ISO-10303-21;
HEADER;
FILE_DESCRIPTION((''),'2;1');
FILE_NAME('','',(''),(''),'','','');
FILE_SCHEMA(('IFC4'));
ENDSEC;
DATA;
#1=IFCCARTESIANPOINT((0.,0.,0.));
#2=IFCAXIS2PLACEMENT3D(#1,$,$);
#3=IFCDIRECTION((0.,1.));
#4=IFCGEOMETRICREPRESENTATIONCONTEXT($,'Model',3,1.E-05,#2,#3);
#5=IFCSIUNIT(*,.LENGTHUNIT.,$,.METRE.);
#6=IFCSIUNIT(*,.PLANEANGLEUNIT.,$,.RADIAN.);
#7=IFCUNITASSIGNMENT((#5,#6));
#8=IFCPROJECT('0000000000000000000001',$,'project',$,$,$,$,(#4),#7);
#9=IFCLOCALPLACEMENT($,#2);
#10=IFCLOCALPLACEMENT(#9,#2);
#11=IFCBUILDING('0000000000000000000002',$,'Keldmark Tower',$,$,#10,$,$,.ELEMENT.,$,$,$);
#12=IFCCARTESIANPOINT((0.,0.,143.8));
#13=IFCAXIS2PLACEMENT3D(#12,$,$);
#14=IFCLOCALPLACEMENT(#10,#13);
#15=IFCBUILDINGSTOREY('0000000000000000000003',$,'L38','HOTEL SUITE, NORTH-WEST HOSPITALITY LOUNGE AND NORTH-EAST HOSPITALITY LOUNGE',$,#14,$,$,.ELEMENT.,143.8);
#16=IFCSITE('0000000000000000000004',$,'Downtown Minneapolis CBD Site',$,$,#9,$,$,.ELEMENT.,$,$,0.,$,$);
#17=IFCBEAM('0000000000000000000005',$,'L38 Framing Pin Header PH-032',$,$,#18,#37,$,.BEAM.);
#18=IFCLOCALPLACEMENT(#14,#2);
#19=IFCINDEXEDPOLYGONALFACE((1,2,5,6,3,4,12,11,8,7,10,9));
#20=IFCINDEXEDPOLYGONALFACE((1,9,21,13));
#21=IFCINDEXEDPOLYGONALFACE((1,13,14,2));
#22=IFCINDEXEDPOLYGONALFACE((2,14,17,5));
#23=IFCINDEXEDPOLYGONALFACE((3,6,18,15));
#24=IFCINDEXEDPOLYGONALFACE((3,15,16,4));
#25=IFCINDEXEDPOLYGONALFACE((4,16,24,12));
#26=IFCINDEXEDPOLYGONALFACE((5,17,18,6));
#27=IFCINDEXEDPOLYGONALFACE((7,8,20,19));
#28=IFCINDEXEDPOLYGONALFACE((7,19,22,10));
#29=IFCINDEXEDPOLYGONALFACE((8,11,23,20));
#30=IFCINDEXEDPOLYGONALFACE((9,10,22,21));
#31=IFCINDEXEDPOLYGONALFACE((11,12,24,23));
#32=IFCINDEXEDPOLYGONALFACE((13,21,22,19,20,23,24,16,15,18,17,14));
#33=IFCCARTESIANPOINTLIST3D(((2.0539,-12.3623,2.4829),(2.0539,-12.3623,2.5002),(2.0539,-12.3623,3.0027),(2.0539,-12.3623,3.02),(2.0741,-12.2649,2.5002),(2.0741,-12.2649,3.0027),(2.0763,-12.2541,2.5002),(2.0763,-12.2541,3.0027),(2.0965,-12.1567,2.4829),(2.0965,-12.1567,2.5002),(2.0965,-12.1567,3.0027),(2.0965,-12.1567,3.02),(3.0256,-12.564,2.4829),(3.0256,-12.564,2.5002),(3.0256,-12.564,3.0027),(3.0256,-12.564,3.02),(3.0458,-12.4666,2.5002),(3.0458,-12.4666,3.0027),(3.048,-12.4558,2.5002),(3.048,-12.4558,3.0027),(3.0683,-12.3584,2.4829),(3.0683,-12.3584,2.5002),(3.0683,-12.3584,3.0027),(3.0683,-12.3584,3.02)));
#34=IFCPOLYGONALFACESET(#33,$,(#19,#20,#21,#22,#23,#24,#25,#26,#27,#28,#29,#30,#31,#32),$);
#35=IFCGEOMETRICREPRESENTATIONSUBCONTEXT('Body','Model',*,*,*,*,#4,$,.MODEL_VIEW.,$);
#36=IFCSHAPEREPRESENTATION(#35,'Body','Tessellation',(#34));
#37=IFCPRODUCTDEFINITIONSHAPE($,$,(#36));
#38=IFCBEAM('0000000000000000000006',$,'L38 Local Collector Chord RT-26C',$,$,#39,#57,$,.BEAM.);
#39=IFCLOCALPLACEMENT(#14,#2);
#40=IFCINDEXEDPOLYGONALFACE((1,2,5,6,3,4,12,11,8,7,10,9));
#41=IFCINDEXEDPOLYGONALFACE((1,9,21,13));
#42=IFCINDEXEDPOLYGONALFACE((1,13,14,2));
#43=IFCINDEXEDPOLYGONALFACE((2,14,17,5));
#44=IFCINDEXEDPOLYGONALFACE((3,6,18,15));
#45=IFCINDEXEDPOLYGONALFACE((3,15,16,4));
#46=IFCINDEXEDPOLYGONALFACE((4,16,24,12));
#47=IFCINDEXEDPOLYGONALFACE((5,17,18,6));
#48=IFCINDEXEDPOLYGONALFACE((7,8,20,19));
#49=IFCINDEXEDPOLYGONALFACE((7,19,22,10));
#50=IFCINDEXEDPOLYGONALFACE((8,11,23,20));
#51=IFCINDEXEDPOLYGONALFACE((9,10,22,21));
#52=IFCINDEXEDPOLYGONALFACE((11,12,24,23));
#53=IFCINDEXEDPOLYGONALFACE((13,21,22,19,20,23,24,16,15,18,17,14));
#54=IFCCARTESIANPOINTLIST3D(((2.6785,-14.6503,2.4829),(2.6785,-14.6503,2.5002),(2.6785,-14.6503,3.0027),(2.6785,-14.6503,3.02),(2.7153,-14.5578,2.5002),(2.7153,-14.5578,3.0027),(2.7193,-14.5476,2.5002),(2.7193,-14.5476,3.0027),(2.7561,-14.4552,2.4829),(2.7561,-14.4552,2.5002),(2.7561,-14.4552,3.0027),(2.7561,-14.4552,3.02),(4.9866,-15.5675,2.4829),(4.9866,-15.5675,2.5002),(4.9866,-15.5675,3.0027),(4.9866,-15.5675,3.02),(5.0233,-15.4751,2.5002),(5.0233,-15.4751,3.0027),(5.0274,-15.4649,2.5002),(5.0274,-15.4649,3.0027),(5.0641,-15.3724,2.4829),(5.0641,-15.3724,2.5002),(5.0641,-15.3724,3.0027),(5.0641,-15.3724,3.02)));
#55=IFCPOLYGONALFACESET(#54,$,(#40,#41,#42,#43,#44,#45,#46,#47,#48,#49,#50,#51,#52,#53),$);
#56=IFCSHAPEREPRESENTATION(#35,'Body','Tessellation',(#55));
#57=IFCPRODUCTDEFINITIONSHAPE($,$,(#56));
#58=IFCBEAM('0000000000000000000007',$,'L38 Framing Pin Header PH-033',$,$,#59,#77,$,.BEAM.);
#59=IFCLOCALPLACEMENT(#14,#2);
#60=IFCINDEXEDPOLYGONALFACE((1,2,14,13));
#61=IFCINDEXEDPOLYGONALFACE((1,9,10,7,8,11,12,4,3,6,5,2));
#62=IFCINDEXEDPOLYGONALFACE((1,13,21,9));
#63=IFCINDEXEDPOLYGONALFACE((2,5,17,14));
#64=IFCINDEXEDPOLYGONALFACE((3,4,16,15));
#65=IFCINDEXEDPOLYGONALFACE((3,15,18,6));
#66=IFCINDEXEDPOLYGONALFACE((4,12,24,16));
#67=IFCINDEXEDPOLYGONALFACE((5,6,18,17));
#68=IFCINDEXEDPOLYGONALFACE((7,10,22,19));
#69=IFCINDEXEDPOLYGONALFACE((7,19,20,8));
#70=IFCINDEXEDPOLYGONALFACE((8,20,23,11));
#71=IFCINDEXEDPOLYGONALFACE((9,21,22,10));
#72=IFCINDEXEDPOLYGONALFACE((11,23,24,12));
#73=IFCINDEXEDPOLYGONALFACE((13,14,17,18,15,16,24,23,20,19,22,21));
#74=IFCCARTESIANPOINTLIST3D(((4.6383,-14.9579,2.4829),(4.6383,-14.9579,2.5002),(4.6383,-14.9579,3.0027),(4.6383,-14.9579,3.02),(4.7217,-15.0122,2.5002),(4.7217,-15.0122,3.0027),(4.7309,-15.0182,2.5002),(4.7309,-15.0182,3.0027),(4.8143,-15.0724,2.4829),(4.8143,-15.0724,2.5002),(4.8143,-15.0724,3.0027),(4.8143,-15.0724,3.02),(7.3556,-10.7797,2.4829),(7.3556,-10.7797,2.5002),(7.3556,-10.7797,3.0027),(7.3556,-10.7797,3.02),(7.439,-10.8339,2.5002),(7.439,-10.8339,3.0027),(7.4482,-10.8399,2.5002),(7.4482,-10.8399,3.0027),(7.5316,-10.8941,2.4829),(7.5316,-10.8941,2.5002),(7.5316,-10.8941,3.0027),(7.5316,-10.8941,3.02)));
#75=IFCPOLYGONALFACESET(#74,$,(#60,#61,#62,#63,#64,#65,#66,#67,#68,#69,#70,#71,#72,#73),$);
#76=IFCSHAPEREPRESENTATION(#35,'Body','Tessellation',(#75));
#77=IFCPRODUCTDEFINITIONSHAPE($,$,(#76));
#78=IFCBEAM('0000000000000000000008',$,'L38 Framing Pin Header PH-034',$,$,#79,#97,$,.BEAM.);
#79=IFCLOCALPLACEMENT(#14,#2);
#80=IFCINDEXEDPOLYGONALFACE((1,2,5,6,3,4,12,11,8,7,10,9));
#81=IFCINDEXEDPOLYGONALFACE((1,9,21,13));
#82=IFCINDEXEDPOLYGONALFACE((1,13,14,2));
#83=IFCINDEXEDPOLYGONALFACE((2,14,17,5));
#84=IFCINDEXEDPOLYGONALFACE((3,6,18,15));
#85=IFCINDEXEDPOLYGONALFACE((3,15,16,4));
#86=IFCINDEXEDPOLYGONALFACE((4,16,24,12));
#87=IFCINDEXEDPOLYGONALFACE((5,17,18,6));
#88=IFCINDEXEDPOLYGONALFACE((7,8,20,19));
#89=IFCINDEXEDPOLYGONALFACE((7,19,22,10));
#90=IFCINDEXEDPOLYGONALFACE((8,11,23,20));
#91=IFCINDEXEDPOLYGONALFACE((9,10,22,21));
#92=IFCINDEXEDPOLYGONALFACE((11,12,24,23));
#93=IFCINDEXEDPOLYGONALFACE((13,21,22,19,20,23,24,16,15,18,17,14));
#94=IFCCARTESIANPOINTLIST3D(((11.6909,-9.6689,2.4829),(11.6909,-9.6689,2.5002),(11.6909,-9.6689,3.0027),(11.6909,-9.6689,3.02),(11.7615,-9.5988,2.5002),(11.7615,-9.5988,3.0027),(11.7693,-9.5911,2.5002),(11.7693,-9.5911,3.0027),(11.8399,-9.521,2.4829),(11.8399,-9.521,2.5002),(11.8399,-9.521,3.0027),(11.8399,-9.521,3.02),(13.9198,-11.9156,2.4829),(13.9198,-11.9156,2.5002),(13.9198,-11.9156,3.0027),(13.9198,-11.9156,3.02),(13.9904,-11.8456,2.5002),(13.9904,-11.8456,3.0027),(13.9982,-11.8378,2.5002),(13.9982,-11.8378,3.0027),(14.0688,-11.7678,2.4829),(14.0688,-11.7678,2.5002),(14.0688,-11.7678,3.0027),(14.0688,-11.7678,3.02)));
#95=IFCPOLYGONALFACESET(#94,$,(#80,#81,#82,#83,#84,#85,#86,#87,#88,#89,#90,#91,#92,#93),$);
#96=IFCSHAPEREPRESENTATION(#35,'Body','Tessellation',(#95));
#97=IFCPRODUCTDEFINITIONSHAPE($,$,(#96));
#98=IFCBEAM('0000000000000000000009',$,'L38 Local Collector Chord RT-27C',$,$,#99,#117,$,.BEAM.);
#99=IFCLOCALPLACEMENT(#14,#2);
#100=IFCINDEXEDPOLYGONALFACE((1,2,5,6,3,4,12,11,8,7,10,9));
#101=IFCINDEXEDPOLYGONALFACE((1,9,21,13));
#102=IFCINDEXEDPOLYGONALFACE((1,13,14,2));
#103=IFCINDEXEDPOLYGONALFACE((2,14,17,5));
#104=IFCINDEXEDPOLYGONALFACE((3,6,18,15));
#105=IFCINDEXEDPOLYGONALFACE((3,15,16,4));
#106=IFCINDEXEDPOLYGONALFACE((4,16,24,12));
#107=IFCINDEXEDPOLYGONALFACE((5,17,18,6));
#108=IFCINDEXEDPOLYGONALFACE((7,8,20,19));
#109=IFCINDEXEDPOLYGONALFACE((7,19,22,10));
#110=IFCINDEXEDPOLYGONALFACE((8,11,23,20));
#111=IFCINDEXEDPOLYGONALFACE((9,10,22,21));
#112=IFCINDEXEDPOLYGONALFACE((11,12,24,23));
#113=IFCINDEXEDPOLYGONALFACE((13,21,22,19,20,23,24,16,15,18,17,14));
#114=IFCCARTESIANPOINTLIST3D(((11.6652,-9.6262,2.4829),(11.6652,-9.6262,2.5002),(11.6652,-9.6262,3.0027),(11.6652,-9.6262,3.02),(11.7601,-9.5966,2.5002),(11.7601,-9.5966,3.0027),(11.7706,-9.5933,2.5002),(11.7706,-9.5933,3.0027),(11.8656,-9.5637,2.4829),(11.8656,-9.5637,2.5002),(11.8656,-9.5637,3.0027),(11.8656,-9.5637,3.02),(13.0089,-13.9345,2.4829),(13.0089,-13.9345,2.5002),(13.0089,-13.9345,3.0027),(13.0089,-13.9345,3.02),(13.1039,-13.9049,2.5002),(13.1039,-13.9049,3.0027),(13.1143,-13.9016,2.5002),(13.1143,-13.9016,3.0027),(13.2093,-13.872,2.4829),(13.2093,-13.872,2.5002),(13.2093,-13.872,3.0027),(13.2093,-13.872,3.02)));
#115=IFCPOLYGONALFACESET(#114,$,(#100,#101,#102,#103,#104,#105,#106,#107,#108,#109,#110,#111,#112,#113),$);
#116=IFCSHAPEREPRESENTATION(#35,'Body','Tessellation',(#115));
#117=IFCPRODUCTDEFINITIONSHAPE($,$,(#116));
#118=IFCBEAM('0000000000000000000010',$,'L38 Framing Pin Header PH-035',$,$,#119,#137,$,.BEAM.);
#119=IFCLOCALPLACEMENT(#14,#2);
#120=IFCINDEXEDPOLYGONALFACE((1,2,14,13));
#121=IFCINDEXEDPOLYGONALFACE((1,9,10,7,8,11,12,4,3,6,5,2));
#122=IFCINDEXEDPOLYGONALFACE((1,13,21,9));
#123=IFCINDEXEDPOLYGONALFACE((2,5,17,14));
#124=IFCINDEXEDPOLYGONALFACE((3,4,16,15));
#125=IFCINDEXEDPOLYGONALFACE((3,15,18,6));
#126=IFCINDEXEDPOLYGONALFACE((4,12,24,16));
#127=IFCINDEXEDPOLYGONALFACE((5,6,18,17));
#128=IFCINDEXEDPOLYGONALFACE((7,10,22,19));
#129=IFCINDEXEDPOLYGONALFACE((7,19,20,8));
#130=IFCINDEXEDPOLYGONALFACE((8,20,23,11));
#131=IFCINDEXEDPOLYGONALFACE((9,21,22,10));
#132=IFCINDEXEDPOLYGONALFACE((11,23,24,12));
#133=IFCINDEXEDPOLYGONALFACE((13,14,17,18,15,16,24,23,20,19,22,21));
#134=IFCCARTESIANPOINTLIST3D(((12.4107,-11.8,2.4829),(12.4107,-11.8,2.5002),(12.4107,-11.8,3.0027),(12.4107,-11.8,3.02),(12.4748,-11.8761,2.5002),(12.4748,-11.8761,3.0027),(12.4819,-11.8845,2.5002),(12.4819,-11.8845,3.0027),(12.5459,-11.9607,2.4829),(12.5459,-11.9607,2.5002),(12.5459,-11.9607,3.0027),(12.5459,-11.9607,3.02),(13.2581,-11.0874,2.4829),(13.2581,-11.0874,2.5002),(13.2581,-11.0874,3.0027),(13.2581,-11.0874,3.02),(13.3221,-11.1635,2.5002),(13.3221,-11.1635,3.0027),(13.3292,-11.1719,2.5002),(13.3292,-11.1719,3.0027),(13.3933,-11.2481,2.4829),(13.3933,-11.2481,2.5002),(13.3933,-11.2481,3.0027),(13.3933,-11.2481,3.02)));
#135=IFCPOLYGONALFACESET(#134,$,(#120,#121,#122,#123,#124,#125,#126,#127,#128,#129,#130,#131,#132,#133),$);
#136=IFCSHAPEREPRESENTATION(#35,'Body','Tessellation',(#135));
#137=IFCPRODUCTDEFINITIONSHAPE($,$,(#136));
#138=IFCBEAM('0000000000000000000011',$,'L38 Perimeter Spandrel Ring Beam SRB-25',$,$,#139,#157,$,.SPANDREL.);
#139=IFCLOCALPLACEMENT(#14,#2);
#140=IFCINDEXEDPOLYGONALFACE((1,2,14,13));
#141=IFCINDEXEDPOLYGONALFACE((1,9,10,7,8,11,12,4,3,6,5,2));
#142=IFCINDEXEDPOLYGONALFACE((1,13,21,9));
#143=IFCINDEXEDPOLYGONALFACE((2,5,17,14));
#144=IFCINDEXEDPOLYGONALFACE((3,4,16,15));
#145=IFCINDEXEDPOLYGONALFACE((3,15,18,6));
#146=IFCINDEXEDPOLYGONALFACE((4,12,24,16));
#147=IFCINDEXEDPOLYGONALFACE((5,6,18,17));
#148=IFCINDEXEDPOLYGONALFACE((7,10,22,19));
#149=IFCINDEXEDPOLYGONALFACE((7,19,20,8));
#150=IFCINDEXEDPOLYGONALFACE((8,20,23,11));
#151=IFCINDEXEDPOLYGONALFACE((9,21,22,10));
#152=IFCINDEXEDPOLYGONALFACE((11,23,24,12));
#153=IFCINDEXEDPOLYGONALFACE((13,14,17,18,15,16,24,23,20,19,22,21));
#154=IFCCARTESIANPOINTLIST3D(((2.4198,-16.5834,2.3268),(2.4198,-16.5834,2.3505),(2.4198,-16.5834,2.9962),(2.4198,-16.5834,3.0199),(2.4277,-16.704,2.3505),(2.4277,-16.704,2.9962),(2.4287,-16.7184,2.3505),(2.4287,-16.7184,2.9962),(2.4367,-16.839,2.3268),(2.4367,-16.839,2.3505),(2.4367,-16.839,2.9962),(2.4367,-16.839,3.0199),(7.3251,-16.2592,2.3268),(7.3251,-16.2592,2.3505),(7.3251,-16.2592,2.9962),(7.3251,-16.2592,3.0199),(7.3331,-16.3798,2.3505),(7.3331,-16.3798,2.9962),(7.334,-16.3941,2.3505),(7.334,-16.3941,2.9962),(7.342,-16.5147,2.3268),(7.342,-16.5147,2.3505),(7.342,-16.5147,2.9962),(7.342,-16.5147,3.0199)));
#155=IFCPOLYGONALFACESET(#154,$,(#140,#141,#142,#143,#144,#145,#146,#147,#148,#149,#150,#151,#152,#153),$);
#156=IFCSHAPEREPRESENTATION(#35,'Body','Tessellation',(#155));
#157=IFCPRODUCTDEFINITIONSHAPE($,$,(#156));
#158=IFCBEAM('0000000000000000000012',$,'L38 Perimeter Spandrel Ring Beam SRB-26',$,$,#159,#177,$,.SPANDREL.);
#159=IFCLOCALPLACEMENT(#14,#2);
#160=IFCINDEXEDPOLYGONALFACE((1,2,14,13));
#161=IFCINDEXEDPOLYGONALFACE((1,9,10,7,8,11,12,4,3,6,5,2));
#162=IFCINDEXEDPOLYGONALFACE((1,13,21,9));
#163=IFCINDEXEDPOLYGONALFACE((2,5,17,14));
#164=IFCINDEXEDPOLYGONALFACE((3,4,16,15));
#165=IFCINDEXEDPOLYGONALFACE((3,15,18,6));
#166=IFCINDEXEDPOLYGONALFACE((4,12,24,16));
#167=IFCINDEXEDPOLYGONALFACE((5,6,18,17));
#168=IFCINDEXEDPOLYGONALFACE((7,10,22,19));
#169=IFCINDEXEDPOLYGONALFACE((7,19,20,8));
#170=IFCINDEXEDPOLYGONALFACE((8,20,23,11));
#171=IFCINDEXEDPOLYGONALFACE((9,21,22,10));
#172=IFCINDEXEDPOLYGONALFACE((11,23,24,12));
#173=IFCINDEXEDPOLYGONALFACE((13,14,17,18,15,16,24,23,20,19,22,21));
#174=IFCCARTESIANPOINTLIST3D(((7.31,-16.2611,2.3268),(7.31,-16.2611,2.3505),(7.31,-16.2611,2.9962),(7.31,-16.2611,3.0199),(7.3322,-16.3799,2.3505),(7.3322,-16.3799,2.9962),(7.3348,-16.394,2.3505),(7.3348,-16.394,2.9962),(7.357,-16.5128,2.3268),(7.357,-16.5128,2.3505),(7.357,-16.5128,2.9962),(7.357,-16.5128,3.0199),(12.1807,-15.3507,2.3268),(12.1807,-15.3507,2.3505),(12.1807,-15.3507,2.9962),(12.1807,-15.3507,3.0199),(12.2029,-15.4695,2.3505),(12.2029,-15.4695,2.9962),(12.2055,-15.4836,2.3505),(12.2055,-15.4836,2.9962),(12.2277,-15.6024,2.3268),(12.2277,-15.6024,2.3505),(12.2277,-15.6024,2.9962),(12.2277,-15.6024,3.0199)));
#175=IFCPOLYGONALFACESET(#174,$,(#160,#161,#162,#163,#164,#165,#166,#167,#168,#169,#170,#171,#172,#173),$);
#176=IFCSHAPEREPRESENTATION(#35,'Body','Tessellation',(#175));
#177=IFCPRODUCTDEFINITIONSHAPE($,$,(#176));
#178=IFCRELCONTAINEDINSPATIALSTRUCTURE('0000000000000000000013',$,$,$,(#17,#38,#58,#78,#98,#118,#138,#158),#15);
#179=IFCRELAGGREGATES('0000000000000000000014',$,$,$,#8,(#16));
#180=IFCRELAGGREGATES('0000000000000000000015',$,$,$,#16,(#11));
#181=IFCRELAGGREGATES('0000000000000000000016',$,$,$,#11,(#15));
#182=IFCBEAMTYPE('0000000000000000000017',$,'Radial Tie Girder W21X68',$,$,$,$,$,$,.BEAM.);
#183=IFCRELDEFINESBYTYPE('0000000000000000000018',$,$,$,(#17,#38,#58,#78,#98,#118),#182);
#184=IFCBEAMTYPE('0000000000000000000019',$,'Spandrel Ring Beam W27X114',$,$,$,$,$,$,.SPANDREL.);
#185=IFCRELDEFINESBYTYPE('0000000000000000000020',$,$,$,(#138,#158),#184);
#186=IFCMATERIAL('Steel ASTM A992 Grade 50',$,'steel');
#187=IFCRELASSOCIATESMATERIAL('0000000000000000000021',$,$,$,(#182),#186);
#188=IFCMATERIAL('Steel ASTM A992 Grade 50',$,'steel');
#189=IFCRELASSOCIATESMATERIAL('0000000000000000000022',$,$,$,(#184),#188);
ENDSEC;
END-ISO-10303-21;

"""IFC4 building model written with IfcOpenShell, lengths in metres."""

from ifc_helpers import new_model, si_unit, direction, frame, origin, origin_2d, place, context, subcontext, project, spatial, i_section, extrude, material, material_profile, profile_set, type_object, element, save


model = new_model("IFC4")

# Units and contexts
model_context = context("Model", 3, precision=1e-05, world=origin(), true_north=direction((0.0, 1.0)))
body_context = subcontext(model_context, "Body", "Model", "MODEL_VIEW")
ifc_project = project(units=[si_unit("LENGTHUNIT", "METRE"), si_unit("PLANEANGLEUNIT", "RADIAN")], contexts=[model_context])

# Site, building, storey
site_placement = place(None, origin())
site = spatial("IfcSite", under=ifc_project, at=site_placement, Name="Downtown Minneapolis CBD Site", CompositionType="ELEMENT", RefElevation=0.0)
building_placement = place(site_placement, origin())
building = spatial("IfcBuilding", under=site, at=building_placement, Name="Keldmark Tower", CompositionType="ELEMENT")
storey_placement = place(building_placement, frame((0.0, 0.0, 143.8)))
storey = spatial("IfcBuildingStorey", under=building, at=storey_placement, Name="L38", Description="HOTEL SUITE, NORTH-WEST HOSPITALITY LOUNGE AND NORTH-EAST HOSPITALITY LOUNGE", CompositionType="ELEMENT", Elevation=143.8)

# Beams
ifc_material_1 = material(Name="Steel ASTM A992 Grade 50", Category="steel")
ifc_material_profile_1 = material_profile(ifc_material_1, i_section(OverallWidth=0.21, OverallDepth=0.5371, WebThickness=0.011, FlangeThickness=0.0173, at=origin_2d()), Name="W21X68")
ifc_profile_set_1 = profile_set([ifc_material_profile_1], Name="Steel ASTM A992 Grade 50")
beam_type_1 = type_object("IfcBeamType", Name="Radial Tie Girder W21X68", PredefinedType="BEAM", material=ifc_profile_set_1)
beam_1_placement = place(storey_placement, frame((2.0752, -12.2595, 2.7515), z_axis=(0.979136, -0.203208, 0.0), x_axis=(0.203208, 0.979136, 0.0)))
element("IfcBeam", 1, at=beam_1_placement, inside=storey, type_object=beam_type_1, Name="L38 Framing Pin Header PH-032", PredefinedType="BEAM", context=body_context, shape_type="SweptSolid", body=[
    extrude(i_section(OverallWidth=0.21, OverallDepth=0.5371, WebThickness=0.011, FlangeThickness=0.0173, at=origin_2d()), origin(), (0.0, 0.0, 1.0), 0.9924),
])
beam_2_placement = place(storey_placement, frame((2.7173, -14.5527, 2.7515), z_axis=(0.929308, -0.369305, 0.0), x_axis=(0.369305, 0.929308, 0.0)))
element("IfcBeam", 2, at=beam_2_placement, inside=storey, type_object=beam_type_1, Name="L38 Local Collector Chord RT-26C", PredefinedType="BEAM", context=body_context, shape_type="SweptSolid", body=[
    extrude(i_section(OverallWidth=0.21, OverallDepth=0.5371, WebThickness=0.011, FlangeThickness=0.0173, at=origin_2d()), origin(), (0.0, 0.0, 1.0), 2.4836),
])
beam_3_placement = place(storey_placement, frame((7.4436, -10.8369, 2.7515), z_axis=(-0.545192, -0.838312, 0.0), x_axis=(0.838312, -0.545192, 0.0)))
element("IfcBeam", 3, at=beam_3_placement, inside=storey, type_object=beam_type_1, Name="L38 Framing Pin Header PH-033", PredefinedType="BEAM", context=body_context, shape_type="SweptSolid", body=[
    extrude(i_section(OverallWidth=0.21, OverallDepth=0.5371, WebThickness=0.011, FlangeThickness=0.0173, at=origin_2d()), origin(), (0.0, 0.0, 1.0), 4.9841),
])
beam_4_placement = place(storey_placement, frame((11.7654, -9.595, 2.7515), z_axis=(0.704286, -0.709917, 0.0), x_axis=(0.709917, 0.704286, 0.0)))
element("IfcBeam", 4, at=beam_4_placement, inside=storey, type_object=beam_type_1, Name="L38 Framing Pin Header PH-034", PredefinedType="BEAM", context=body_context, shape_type="SweptSolid", body=[
    extrude(i_section(OverallWidth=0.21, OverallDepth=0.5371, WebThickness=0.011, FlangeThickness=0.0173, at=origin_2d()), origin(), (0.0, 0.0, 1.0), 3.1648),
])
beam_5_placement = place(storey_placement, frame((11.7654, -9.595, 2.7515), z_axis=(0.297748, -0.954644, 0.0), x_axis=(0.954644, 0.297748, 0.0)))
element("IfcBeam", 5, at=beam_5_placement, inside=storey, type_object=beam_type_1, Name="L38 Local Collector Chord RT-27C", PredefinedType="BEAM", context=body_context, shape_type="SweptSolid", body=[
    extrude(i_section(OverallWidth=0.21, OverallDepth=0.5371, WebThickness=0.011, FlangeThickness=0.0173, at=origin_2d()), origin(), (0.0, 0.0, 1.0), 4.5129),
])
beam_6_placement = place(storey_placement, frame((13.3257, -11.1677, 2.7515), z_axis=(-0.76534, -0.643626, 0.0), x_axis=(0.643626, -0.76534, 0.0)))
element("IfcBeam", 6, at=beam_6_placement, inside=storey, type_object=beam_type_1, Name="L38 Framing Pin Header PH-035", PredefinedType="BEAM", context=body_context, shape_type="SweptSolid", body=[
    extrude(i_section(OverallWidth=0.21, OverallDepth=0.5371, WebThickness=0.011, FlangeThickness=0.0173, at=origin_2d()), origin(), (0.0, 0.0, 1.0), 1.1072),
])
ifc_material_2 = material(Name="Steel ASTM A992 Grade 50", Category="steel")
ifc_material_profile_2 = material_profile(ifc_material_2, i_section(OverallWidth=0.2561, OverallDepth=0.6931, WebThickness=0.0144, FlangeThickness=0.0237, at=origin_2d()), Name="W27X114")
ifc_profile_set_2 = profile_set([ifc_material_profile_2], Name="Steel ASTM A992 Grade 50")
beam_type_2 = type_object("IfcBeamType", Name="Spandrel Ring Beam W27X114", PredefinedType="SPANDREL", material=ifc_profile_set_2)
beam_7_placement = place(storey_placement, frame((2.4282, -16.7112, 2.6733), z_axis=(0.997823, 0.065952, 0.0), x_axis=(-0.065952, 0.997823, 0.0)))
element("IfcBeam", 7, at=beam_7_placement, inside=storey, type_object=beam_type_2, Name="L38 Perimeter Spandrel Ring Beam SRB-25", PredefinedType="SPANDREL", context=body_context, shape_type="SweptSolid", body=[
    extrude(i_section(OverallWidth=0.2561, OverallDepth=0.6931, WebThickness=0.0144, FlangeThickness=0.0237, at=origin_2d()), origin(), (0.0, 0.0, 1.0), 4.916),
])
beam_8_placement = place(storey_placement, frame((7.3335, -16.387, 2.6733), z_axis=(0.982976, 0.183735, 0.0), x_axis=(-0.183735, 0.982976, 0.0)))
element("IfcBeam", 8, at=beam_8_placement, inside=storey, type_object=beam_type_2, Name="L38 Perimeter Spandrel Ring Beam SRB-26", PredefinedType="SPANDREL", context=body_context, shape_type="SweptSolid", body=[
    extrude(i_section(OverallWidth=0.2561, OverallDepth=0.6931, WebThickness=0.0144, FlangeThickness=0.0237, at=origin_2d()), origin(), (0.0, 0.0, 1.0), 4.9551),
])

save(model, "model.ifc")
